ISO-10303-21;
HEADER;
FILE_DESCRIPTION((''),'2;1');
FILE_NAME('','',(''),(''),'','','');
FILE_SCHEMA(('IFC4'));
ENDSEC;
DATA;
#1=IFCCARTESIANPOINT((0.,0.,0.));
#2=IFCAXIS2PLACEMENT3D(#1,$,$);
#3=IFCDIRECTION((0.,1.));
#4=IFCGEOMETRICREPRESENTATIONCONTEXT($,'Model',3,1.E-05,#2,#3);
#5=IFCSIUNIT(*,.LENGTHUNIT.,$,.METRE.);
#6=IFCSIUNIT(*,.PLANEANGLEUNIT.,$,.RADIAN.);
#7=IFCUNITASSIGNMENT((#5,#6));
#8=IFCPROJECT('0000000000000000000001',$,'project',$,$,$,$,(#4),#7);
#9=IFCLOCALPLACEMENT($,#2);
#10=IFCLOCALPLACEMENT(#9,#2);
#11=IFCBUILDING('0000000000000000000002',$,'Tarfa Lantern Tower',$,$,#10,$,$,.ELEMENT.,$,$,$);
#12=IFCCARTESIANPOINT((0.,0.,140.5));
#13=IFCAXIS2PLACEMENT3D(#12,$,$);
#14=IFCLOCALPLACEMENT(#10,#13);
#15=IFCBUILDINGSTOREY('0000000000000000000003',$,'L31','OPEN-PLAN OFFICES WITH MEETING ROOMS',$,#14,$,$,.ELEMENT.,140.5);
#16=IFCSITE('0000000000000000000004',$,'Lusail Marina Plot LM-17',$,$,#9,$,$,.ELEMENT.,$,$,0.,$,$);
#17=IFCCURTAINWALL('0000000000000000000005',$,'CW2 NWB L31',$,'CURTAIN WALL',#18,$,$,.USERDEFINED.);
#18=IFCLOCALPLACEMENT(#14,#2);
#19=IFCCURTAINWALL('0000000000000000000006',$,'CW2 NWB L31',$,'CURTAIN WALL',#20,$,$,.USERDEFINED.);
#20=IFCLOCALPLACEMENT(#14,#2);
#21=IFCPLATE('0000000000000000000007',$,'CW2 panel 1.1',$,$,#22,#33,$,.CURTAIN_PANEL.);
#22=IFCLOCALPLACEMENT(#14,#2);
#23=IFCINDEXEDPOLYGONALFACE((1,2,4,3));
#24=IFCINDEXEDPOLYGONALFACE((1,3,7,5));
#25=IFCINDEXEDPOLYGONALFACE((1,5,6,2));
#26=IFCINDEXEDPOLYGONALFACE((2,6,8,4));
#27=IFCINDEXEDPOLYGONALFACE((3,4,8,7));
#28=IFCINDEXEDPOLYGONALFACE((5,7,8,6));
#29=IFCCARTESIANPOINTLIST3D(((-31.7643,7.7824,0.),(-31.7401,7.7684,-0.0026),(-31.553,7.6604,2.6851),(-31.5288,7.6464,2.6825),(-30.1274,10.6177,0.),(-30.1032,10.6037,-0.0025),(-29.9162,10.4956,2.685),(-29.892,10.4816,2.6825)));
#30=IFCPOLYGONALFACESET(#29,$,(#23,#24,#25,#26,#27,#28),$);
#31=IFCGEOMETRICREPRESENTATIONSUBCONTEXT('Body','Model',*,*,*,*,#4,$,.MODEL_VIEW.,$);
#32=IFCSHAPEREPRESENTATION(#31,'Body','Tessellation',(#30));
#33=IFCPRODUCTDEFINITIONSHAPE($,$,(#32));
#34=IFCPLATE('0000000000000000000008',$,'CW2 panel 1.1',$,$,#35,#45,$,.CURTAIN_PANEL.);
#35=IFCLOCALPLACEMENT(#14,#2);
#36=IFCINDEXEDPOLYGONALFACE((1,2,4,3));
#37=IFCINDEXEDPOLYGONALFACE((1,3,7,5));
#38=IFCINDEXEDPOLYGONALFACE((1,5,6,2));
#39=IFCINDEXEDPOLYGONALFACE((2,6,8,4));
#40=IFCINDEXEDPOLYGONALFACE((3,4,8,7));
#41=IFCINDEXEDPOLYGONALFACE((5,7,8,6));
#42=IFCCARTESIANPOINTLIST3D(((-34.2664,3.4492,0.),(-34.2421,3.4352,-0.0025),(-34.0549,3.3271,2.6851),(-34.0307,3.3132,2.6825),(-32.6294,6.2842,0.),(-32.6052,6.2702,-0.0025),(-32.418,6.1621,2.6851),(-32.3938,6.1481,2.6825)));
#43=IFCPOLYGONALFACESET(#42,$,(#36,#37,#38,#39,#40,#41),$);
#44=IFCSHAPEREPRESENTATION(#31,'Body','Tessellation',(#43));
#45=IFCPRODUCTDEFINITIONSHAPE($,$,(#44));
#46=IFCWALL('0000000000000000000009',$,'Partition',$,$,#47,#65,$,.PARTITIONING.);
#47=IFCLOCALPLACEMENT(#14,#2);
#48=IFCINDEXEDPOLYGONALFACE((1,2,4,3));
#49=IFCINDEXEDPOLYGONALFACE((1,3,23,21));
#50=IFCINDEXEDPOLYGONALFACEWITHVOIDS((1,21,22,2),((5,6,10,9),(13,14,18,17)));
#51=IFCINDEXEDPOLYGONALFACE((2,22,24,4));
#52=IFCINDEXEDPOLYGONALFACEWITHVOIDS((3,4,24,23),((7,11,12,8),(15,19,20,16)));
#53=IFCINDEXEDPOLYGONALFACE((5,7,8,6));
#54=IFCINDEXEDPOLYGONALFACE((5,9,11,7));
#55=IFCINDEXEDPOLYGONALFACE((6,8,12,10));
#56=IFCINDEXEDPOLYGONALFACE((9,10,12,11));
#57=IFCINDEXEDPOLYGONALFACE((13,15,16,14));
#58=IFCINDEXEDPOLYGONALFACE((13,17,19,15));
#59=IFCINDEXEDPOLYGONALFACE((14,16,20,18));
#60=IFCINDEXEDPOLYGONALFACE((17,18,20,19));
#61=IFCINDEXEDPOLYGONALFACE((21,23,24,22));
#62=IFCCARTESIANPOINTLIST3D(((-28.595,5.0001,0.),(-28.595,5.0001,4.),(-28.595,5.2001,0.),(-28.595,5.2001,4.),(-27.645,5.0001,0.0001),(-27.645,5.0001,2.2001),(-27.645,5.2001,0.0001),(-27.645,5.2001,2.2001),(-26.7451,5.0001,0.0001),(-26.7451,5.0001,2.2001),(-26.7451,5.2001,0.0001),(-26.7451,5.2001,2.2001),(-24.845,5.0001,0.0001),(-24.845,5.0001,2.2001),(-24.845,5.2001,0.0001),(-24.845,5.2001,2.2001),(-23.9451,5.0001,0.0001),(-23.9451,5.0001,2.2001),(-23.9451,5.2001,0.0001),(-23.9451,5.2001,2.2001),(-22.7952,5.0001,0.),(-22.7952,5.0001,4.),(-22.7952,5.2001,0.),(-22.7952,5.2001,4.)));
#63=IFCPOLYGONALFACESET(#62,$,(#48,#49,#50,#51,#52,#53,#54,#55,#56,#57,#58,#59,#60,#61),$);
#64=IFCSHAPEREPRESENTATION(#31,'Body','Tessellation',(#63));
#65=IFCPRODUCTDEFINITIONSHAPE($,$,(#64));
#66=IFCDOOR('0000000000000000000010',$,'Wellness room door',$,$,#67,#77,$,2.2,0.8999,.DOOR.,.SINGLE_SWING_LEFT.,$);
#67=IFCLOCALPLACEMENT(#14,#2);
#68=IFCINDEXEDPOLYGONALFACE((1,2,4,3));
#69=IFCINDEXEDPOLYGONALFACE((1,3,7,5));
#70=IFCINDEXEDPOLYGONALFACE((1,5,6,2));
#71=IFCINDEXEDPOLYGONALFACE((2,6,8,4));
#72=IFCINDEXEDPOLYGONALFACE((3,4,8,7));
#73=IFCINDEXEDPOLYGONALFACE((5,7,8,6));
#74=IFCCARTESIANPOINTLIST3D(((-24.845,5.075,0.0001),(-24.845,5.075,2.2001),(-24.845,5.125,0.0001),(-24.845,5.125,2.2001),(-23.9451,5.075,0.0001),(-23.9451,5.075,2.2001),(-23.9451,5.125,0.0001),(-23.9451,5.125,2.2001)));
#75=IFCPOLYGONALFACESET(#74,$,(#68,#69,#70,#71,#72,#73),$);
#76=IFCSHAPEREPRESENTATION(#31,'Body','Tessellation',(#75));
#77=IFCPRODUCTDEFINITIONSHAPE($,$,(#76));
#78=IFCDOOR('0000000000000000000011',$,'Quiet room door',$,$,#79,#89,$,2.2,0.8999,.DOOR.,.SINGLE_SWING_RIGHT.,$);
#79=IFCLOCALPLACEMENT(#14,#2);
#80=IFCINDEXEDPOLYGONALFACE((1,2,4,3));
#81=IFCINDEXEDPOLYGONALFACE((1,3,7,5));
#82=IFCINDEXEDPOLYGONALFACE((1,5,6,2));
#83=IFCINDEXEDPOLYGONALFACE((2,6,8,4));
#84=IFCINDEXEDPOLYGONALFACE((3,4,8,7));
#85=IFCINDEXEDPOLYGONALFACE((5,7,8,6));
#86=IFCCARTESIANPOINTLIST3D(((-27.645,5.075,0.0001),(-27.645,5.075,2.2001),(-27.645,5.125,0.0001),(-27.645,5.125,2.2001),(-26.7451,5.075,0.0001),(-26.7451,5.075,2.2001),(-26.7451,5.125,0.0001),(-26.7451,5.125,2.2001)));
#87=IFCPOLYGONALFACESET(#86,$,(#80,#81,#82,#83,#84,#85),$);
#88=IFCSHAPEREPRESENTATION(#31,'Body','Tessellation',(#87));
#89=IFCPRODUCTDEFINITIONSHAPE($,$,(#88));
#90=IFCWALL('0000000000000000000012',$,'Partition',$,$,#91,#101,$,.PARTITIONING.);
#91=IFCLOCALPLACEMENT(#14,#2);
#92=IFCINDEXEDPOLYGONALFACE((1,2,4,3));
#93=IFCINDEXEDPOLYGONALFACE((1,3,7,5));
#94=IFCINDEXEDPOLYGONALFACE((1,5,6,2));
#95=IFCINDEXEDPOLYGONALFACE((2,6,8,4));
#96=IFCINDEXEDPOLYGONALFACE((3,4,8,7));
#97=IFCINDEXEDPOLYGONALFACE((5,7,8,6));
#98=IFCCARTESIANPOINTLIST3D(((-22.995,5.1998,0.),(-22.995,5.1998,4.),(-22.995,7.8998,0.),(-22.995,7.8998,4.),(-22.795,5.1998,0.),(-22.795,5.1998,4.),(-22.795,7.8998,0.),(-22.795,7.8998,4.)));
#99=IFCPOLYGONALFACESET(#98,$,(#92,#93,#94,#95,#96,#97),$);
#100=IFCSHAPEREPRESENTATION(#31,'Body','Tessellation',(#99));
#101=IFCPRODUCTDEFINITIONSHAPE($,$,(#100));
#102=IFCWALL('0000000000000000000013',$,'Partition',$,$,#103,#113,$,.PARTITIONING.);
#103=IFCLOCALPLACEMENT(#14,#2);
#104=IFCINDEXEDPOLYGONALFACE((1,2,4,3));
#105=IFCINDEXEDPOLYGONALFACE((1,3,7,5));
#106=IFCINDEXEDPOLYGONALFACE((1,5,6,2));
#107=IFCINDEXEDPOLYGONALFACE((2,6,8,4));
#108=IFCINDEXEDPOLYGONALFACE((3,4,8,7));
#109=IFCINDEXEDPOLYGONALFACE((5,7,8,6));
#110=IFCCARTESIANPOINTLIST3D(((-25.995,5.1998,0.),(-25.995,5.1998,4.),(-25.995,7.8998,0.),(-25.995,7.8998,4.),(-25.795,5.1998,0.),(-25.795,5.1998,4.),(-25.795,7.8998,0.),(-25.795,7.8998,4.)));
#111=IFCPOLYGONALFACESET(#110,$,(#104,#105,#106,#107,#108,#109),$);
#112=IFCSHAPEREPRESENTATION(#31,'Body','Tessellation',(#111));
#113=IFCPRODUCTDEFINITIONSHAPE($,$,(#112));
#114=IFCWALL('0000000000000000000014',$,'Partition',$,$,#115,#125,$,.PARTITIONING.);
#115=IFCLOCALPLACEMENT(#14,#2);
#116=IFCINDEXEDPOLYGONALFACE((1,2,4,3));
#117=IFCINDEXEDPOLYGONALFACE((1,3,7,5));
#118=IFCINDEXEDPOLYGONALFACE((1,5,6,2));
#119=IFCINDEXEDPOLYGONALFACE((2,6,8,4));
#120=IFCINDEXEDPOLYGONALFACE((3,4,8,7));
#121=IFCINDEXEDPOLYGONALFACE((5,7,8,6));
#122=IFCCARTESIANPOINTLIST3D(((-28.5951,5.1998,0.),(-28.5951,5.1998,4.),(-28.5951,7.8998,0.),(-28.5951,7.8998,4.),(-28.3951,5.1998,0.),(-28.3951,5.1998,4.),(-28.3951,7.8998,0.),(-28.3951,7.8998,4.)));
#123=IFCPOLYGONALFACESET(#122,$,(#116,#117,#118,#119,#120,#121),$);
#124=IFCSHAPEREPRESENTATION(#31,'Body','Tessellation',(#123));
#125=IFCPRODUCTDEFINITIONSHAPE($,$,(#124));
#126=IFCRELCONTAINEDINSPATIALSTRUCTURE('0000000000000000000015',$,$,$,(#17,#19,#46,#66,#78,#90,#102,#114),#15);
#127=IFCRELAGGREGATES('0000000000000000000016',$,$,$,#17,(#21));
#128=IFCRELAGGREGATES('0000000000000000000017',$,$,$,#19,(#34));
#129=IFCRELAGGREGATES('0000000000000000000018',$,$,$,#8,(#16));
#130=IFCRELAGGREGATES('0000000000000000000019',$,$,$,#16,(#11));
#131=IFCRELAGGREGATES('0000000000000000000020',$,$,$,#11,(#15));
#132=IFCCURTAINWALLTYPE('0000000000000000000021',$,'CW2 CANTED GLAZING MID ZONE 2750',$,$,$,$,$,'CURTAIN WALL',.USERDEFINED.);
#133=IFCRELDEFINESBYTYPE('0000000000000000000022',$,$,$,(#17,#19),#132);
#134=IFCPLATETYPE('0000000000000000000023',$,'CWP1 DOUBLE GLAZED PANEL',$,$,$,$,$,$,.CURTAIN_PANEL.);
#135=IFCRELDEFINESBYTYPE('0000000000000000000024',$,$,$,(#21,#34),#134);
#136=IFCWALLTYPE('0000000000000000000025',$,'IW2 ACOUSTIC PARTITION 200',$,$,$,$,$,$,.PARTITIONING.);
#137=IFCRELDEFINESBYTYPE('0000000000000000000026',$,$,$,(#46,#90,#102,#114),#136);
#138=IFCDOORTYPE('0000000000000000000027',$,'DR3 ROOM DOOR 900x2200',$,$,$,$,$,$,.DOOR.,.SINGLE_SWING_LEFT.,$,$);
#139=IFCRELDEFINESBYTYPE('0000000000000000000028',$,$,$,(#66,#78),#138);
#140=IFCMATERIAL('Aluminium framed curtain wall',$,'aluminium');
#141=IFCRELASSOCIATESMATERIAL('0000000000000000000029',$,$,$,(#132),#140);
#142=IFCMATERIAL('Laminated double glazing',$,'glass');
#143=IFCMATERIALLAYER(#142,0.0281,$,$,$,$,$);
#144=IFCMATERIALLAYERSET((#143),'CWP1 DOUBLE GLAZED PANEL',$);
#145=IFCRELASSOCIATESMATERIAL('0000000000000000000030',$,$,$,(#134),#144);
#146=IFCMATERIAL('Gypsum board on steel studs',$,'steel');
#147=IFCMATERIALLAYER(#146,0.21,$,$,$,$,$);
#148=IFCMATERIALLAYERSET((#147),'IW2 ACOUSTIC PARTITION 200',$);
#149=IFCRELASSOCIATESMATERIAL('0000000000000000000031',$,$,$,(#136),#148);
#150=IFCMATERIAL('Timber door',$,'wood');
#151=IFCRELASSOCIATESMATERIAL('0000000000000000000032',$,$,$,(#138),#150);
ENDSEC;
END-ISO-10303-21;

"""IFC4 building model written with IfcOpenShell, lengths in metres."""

from ifc_helpers import new_model, si_unit, direction, frame, frame_2d, origin, place, context, subcontext, project, spatial, polyline, rectangle, outline, extrude, material, layer, layer_set, type_object, element, fill, aggregate, save


model = new_model("IFC4")

# Units and contexts
model_context = context("Model", 3, precision=1e-05, world=origin(), true_north=direction((0.0, 1.0)))
body_context = subcontext(model_context, "Body", "Model", "MODEL_VIEW")
ifc_project = project(units=[si_unit("LENGTHUNIT", "METRE"), si_unit("PLANEANGLEUNIT", "RADIAN")], contexts=[model_context])

# Site, building, storey
site_placement = place(None, origin())
site = spatial("IfcSite", under=ifc_project, at=site_placement, Name="Lusail Marina Plot LM-17", CompositionType="ELEMENT", RefElevation=0.0)
building_placement = place(site_placement, origin())
building = spatial("IfcBuilding", under=site, at=building_placement, Name="Tarfa Lantern Tower", CompositionType="ELEMENT")
storey_placement = place(building_placement, frame((0.0, 0.0, 140.5)))
storey = spatial("IfcBuildingStorey", under=building, at=storey_placement, Name="L31", Description="OPEN-PLAN OFFICES WITH MEETING ROOMS", CompositionType="ELEMENT", Elevation=140.5)

# Curtain walls
ifc_material_1 = material(Name="Aluminium framed curtain wall", Category="aluminium")
curtain_wall_type_1 = type_object("IfcCurtainWallType", Name="CW2 CANTED GLAZING MID ZONE 2750", ElementType="CURTAIN WALL", PredefinedType="USERDEFINED", material=ifc_material_1)
curtain_wall_1_placement = place(storey_placement, origin())
curtain_wall_1 = element("IfcCurtainWall", 1, at=curtain_wall_1_placement, inside=storey, type_object=curtain_wall_type_1, Name="CW2 NWB L31", ObjectType="CURTAIN WALL", PredefinedType="USERDEFINED")
curtain_wall_2_placement = place(storey_placement, origin())
curtain_wall_2 = element("IfcCurtainWall", 2, at=curtain_wall_2_placement, inside=storey, type_object=curtain_wall_type_1, Name="CW2 NWB L31", ObjectType="CURTAIN WALL", PredefinedType="USERDEFINED")

# Plates
ifc_material_2 = material(Name="Laminated double glazing", Category="glass")
ifc_layer_1 = layer(ifc_material_2, 0.0281)
ifc_layer_set_1 = layer_set([ifc_layer_1], Name="CWP1 DOUBLE GLAZED PANEL")
plate_type = type_object("IfcPlateType", Name="CWP1 DOUBLE GLAZED PANEL", PredefinedType="CURTAIN_PANEL", material=ifc_layer_set_1)
plate_1_placement = place(storey_placement, frame((-30.1274, 10.6177, 0.0), z_axis=(-0.862479, 0.497933, 0.090511), x_axis=(-0.499985, -0.866034, -0.000003)))
plate_1 = element("IfcPlate", 3, at=plate_1_placement, type_object=plate_type, Name="CW2 panel 1.1", PredefinedType="CURTAIN_PANEL", context=body_context, shape_type="SweptSolid", body=[
    extrude(outline(polyline([(0.0, 0.0), (3.2738, 0.0), (3.2738, 2.6961), (0.0001, 2.6961), (0.0, 0.0)])), origin(), (0.0, 0.0, -1.0), 0.0281),
])
aggregate(curtain_wall_1, [plate_1])
plate_2_placement = place(storey_placement, frame((-32.6294, 6.2842, 0.0), z_axis=(-0.862442, 0.497991, 0.09055), x_axis=(-0.500045, -0.865999, 0.0)))
plate_2 = element("IfcPlate", 4, at=plate_2_placement, type_object=plate_type, Name="CW2 panel 1.1", PredefinedType="CURTAIN_PANEL", context=body_context, shape_type="SweptSolid", body=[
    extrude(outline(polyline([(0.0, 0.0), (3.2736, 0.0), (3.2736, 2.6961), (0.0, 2.6961), (0.0, 0.0)])), origin(), (0.0, 0.0, -1.0), 0.0281),
])
aggregate(curtain_wall_2, [plate_2])

# Wall, openings, doors
ifc_material_3 = material(Name="Gypsum board on steel studs", Category="steel")
ifc_layer_2 = layer(ifc_material_3, 0.21)
ifc_layer_set_2 = layer_set([ifc_layer_2], Name="IW2 ACOUSTIC PARTITION 200")
wall_type = type_object("IfcWallType", Name="IW2 ACOUSTIC PARTITION 200", PredefinedType="PARTITIONING", material=ifc_layer_set_2)
wall_placement = place(storey_placement, frame((-22.7952, 5.1001, 0.0), z_axis=(0.0, 0.0, 1.0), x_axis=(-1.0, 0.0, 0.0)))
wall = element("IfcWall", 5, at=wall_placement, inside=storey, type_object=wall_type, Name="Partition", PredefinedType="PARTITIONING", context=body_context, shape_type="SweptSolid", body=[
    extrude(rectangle(XDim=5.7998, YDim=0.2, at=frame_2d((2.8999, 0.0))), origin(), (0.0, 0.0, 1.0), 4.0),
])
opening_1_placement = place(wall_placement, frame((1.1499, 0.0, 0.0)))
opening_1 = element("IfcOpeningElement", 6, at=opening_1_placement, cuts=wall, PredefinedType="OPENING", context=body_context, shape_type="SweptSolid", body=[
    extrude(rectangle(XDim=0.8999, YDim=2.2, at=frame_2d((0.45, 1.1001))), frame((0.0, 0.1099, 0.0), z_axis=(0.0, -1.0, 0.0), x_axis=(1.0, 0.0, 0.0)), (0.0, 0.0, 1.0), 0.22),
])
opening_2_placement = place(wall_placement, frame((3.95, 0.0, 0.0)))
opening_2 = element("IfcOpeningElement", 7, at=opening_2_placement, cuts=wall, PredefinedType="OPENING", context=body_context, shape_type="SweptSolid", body=[
    extrude(rectangle(XDim=0.8999, YDim=2.2, at=frame_2d((0.45, 1.1001))), frame((0.0, 0.1099, 0.0), z_axis=(0.0, -1.0, 0.0), x_axis=(1.0, 0.0, 0.0)), (0.0, 0.0, 1.0), 0.22),
])
ifc_material_4 = material(Name="Timber door", Category="wood")
door_type = type_object("IfcDoorType", Name="DR3 ROOM DOOR 900x2200", OperationType="SINGLE_SWING_LEFT", PredefinedType="DOOR", material=ifc_material_4)
door_1_placement = place(opening_1_placement, frame((0.8999, 0.0, 0.0), z_axis=(0.0, 0.0, 1.0), x_axis=(-1.0, 0.0, 0.0)))
door_1 = element("IfcDoor", 8, at=door_1_placement, inside=storey, type_object=door_type, Name="Wellness room door", OperationType="SINGLE_SWING_LEFT", OverallHeight=2.2, OverallWidth=0.8999, PredefinedType="DOOR", context=body_context, shape_type="SweptSolid", body=[
    extrude(rectangle(XDim=0.8999, YDim=2.2, at=frame_2d((0.45, 1.1001))), frame((0.0, 0.0249, 0.0), z_axis=(0.0, -1.0, 0.0), x_axis=(1.0, 0.0, 0.0)), (0.0, 0.0, 1.0), 0.05),
])
fill(opening_1, door_1)
door_2_placement = place(opening_2_placement, frame((0.8999, 0.0, 0.0), z_axis=(0.0, 0.0, 1.0), x_axis=(-1.0, 0.0, 0.0)))
door_2 = element("IfcDoor", 9, at=door_2_placement, inside=storey, type_object=door_type, Name="Quiet room door", OperationType="SINGLE_SWING_RIGHT", OverallHeight=2.2, OverallWidth=0.8999, PredefinedType="DOOR", context=body_context, shape_type="SweptSolid", body=[
    extrude(rectangle(XDim=0.8999, YDim=2.2, at=frame_2d((0.45, 1.1001))), frame((0.0, 0.0249, 0.0), z_axis=(0.0, -1.0, 0.0), x_axis=(1.0, 0.0, 0.0)), (0.0, 0.0, 1.0), 0.05),
])
fill(opening_2, door_2)

# Walls
for number, where, z_axis, x_axis, name in (
    (10, (-22.895, 7.8999, 0.0), (0.0, 0.0, 1.0), (0.0, -1.0, 0.0), "Partition"),
    (11, (-25.895, 7.8999, 0.0), (0.0, 0.0, 1.0), (0.0, -1.0, 0.0), "Partition"),
    (12, (-28.4951, 7.8999, 0.0), (0.0, 0.0, 1.0), (0.0, -1.0, 0.0), "Partition"),
):
    element("IfcWall", number, at=place(storey_placement, frame(where, z_axis=z_axis, x_axis=x_axis)), inside=storey, type_object=wall_type, Name=name, PredefinedType="PARTITIONING", context=body_context, shape_type="SweptSolid", body=[
        extrude(rectangle(XDim=2.7, YDim=0.2, at=frame_2d((1.3501, 0.0))), origin(), (0.0, 0.0, 1.0), 4.0),
    ])

save(model, "model.ifc")
